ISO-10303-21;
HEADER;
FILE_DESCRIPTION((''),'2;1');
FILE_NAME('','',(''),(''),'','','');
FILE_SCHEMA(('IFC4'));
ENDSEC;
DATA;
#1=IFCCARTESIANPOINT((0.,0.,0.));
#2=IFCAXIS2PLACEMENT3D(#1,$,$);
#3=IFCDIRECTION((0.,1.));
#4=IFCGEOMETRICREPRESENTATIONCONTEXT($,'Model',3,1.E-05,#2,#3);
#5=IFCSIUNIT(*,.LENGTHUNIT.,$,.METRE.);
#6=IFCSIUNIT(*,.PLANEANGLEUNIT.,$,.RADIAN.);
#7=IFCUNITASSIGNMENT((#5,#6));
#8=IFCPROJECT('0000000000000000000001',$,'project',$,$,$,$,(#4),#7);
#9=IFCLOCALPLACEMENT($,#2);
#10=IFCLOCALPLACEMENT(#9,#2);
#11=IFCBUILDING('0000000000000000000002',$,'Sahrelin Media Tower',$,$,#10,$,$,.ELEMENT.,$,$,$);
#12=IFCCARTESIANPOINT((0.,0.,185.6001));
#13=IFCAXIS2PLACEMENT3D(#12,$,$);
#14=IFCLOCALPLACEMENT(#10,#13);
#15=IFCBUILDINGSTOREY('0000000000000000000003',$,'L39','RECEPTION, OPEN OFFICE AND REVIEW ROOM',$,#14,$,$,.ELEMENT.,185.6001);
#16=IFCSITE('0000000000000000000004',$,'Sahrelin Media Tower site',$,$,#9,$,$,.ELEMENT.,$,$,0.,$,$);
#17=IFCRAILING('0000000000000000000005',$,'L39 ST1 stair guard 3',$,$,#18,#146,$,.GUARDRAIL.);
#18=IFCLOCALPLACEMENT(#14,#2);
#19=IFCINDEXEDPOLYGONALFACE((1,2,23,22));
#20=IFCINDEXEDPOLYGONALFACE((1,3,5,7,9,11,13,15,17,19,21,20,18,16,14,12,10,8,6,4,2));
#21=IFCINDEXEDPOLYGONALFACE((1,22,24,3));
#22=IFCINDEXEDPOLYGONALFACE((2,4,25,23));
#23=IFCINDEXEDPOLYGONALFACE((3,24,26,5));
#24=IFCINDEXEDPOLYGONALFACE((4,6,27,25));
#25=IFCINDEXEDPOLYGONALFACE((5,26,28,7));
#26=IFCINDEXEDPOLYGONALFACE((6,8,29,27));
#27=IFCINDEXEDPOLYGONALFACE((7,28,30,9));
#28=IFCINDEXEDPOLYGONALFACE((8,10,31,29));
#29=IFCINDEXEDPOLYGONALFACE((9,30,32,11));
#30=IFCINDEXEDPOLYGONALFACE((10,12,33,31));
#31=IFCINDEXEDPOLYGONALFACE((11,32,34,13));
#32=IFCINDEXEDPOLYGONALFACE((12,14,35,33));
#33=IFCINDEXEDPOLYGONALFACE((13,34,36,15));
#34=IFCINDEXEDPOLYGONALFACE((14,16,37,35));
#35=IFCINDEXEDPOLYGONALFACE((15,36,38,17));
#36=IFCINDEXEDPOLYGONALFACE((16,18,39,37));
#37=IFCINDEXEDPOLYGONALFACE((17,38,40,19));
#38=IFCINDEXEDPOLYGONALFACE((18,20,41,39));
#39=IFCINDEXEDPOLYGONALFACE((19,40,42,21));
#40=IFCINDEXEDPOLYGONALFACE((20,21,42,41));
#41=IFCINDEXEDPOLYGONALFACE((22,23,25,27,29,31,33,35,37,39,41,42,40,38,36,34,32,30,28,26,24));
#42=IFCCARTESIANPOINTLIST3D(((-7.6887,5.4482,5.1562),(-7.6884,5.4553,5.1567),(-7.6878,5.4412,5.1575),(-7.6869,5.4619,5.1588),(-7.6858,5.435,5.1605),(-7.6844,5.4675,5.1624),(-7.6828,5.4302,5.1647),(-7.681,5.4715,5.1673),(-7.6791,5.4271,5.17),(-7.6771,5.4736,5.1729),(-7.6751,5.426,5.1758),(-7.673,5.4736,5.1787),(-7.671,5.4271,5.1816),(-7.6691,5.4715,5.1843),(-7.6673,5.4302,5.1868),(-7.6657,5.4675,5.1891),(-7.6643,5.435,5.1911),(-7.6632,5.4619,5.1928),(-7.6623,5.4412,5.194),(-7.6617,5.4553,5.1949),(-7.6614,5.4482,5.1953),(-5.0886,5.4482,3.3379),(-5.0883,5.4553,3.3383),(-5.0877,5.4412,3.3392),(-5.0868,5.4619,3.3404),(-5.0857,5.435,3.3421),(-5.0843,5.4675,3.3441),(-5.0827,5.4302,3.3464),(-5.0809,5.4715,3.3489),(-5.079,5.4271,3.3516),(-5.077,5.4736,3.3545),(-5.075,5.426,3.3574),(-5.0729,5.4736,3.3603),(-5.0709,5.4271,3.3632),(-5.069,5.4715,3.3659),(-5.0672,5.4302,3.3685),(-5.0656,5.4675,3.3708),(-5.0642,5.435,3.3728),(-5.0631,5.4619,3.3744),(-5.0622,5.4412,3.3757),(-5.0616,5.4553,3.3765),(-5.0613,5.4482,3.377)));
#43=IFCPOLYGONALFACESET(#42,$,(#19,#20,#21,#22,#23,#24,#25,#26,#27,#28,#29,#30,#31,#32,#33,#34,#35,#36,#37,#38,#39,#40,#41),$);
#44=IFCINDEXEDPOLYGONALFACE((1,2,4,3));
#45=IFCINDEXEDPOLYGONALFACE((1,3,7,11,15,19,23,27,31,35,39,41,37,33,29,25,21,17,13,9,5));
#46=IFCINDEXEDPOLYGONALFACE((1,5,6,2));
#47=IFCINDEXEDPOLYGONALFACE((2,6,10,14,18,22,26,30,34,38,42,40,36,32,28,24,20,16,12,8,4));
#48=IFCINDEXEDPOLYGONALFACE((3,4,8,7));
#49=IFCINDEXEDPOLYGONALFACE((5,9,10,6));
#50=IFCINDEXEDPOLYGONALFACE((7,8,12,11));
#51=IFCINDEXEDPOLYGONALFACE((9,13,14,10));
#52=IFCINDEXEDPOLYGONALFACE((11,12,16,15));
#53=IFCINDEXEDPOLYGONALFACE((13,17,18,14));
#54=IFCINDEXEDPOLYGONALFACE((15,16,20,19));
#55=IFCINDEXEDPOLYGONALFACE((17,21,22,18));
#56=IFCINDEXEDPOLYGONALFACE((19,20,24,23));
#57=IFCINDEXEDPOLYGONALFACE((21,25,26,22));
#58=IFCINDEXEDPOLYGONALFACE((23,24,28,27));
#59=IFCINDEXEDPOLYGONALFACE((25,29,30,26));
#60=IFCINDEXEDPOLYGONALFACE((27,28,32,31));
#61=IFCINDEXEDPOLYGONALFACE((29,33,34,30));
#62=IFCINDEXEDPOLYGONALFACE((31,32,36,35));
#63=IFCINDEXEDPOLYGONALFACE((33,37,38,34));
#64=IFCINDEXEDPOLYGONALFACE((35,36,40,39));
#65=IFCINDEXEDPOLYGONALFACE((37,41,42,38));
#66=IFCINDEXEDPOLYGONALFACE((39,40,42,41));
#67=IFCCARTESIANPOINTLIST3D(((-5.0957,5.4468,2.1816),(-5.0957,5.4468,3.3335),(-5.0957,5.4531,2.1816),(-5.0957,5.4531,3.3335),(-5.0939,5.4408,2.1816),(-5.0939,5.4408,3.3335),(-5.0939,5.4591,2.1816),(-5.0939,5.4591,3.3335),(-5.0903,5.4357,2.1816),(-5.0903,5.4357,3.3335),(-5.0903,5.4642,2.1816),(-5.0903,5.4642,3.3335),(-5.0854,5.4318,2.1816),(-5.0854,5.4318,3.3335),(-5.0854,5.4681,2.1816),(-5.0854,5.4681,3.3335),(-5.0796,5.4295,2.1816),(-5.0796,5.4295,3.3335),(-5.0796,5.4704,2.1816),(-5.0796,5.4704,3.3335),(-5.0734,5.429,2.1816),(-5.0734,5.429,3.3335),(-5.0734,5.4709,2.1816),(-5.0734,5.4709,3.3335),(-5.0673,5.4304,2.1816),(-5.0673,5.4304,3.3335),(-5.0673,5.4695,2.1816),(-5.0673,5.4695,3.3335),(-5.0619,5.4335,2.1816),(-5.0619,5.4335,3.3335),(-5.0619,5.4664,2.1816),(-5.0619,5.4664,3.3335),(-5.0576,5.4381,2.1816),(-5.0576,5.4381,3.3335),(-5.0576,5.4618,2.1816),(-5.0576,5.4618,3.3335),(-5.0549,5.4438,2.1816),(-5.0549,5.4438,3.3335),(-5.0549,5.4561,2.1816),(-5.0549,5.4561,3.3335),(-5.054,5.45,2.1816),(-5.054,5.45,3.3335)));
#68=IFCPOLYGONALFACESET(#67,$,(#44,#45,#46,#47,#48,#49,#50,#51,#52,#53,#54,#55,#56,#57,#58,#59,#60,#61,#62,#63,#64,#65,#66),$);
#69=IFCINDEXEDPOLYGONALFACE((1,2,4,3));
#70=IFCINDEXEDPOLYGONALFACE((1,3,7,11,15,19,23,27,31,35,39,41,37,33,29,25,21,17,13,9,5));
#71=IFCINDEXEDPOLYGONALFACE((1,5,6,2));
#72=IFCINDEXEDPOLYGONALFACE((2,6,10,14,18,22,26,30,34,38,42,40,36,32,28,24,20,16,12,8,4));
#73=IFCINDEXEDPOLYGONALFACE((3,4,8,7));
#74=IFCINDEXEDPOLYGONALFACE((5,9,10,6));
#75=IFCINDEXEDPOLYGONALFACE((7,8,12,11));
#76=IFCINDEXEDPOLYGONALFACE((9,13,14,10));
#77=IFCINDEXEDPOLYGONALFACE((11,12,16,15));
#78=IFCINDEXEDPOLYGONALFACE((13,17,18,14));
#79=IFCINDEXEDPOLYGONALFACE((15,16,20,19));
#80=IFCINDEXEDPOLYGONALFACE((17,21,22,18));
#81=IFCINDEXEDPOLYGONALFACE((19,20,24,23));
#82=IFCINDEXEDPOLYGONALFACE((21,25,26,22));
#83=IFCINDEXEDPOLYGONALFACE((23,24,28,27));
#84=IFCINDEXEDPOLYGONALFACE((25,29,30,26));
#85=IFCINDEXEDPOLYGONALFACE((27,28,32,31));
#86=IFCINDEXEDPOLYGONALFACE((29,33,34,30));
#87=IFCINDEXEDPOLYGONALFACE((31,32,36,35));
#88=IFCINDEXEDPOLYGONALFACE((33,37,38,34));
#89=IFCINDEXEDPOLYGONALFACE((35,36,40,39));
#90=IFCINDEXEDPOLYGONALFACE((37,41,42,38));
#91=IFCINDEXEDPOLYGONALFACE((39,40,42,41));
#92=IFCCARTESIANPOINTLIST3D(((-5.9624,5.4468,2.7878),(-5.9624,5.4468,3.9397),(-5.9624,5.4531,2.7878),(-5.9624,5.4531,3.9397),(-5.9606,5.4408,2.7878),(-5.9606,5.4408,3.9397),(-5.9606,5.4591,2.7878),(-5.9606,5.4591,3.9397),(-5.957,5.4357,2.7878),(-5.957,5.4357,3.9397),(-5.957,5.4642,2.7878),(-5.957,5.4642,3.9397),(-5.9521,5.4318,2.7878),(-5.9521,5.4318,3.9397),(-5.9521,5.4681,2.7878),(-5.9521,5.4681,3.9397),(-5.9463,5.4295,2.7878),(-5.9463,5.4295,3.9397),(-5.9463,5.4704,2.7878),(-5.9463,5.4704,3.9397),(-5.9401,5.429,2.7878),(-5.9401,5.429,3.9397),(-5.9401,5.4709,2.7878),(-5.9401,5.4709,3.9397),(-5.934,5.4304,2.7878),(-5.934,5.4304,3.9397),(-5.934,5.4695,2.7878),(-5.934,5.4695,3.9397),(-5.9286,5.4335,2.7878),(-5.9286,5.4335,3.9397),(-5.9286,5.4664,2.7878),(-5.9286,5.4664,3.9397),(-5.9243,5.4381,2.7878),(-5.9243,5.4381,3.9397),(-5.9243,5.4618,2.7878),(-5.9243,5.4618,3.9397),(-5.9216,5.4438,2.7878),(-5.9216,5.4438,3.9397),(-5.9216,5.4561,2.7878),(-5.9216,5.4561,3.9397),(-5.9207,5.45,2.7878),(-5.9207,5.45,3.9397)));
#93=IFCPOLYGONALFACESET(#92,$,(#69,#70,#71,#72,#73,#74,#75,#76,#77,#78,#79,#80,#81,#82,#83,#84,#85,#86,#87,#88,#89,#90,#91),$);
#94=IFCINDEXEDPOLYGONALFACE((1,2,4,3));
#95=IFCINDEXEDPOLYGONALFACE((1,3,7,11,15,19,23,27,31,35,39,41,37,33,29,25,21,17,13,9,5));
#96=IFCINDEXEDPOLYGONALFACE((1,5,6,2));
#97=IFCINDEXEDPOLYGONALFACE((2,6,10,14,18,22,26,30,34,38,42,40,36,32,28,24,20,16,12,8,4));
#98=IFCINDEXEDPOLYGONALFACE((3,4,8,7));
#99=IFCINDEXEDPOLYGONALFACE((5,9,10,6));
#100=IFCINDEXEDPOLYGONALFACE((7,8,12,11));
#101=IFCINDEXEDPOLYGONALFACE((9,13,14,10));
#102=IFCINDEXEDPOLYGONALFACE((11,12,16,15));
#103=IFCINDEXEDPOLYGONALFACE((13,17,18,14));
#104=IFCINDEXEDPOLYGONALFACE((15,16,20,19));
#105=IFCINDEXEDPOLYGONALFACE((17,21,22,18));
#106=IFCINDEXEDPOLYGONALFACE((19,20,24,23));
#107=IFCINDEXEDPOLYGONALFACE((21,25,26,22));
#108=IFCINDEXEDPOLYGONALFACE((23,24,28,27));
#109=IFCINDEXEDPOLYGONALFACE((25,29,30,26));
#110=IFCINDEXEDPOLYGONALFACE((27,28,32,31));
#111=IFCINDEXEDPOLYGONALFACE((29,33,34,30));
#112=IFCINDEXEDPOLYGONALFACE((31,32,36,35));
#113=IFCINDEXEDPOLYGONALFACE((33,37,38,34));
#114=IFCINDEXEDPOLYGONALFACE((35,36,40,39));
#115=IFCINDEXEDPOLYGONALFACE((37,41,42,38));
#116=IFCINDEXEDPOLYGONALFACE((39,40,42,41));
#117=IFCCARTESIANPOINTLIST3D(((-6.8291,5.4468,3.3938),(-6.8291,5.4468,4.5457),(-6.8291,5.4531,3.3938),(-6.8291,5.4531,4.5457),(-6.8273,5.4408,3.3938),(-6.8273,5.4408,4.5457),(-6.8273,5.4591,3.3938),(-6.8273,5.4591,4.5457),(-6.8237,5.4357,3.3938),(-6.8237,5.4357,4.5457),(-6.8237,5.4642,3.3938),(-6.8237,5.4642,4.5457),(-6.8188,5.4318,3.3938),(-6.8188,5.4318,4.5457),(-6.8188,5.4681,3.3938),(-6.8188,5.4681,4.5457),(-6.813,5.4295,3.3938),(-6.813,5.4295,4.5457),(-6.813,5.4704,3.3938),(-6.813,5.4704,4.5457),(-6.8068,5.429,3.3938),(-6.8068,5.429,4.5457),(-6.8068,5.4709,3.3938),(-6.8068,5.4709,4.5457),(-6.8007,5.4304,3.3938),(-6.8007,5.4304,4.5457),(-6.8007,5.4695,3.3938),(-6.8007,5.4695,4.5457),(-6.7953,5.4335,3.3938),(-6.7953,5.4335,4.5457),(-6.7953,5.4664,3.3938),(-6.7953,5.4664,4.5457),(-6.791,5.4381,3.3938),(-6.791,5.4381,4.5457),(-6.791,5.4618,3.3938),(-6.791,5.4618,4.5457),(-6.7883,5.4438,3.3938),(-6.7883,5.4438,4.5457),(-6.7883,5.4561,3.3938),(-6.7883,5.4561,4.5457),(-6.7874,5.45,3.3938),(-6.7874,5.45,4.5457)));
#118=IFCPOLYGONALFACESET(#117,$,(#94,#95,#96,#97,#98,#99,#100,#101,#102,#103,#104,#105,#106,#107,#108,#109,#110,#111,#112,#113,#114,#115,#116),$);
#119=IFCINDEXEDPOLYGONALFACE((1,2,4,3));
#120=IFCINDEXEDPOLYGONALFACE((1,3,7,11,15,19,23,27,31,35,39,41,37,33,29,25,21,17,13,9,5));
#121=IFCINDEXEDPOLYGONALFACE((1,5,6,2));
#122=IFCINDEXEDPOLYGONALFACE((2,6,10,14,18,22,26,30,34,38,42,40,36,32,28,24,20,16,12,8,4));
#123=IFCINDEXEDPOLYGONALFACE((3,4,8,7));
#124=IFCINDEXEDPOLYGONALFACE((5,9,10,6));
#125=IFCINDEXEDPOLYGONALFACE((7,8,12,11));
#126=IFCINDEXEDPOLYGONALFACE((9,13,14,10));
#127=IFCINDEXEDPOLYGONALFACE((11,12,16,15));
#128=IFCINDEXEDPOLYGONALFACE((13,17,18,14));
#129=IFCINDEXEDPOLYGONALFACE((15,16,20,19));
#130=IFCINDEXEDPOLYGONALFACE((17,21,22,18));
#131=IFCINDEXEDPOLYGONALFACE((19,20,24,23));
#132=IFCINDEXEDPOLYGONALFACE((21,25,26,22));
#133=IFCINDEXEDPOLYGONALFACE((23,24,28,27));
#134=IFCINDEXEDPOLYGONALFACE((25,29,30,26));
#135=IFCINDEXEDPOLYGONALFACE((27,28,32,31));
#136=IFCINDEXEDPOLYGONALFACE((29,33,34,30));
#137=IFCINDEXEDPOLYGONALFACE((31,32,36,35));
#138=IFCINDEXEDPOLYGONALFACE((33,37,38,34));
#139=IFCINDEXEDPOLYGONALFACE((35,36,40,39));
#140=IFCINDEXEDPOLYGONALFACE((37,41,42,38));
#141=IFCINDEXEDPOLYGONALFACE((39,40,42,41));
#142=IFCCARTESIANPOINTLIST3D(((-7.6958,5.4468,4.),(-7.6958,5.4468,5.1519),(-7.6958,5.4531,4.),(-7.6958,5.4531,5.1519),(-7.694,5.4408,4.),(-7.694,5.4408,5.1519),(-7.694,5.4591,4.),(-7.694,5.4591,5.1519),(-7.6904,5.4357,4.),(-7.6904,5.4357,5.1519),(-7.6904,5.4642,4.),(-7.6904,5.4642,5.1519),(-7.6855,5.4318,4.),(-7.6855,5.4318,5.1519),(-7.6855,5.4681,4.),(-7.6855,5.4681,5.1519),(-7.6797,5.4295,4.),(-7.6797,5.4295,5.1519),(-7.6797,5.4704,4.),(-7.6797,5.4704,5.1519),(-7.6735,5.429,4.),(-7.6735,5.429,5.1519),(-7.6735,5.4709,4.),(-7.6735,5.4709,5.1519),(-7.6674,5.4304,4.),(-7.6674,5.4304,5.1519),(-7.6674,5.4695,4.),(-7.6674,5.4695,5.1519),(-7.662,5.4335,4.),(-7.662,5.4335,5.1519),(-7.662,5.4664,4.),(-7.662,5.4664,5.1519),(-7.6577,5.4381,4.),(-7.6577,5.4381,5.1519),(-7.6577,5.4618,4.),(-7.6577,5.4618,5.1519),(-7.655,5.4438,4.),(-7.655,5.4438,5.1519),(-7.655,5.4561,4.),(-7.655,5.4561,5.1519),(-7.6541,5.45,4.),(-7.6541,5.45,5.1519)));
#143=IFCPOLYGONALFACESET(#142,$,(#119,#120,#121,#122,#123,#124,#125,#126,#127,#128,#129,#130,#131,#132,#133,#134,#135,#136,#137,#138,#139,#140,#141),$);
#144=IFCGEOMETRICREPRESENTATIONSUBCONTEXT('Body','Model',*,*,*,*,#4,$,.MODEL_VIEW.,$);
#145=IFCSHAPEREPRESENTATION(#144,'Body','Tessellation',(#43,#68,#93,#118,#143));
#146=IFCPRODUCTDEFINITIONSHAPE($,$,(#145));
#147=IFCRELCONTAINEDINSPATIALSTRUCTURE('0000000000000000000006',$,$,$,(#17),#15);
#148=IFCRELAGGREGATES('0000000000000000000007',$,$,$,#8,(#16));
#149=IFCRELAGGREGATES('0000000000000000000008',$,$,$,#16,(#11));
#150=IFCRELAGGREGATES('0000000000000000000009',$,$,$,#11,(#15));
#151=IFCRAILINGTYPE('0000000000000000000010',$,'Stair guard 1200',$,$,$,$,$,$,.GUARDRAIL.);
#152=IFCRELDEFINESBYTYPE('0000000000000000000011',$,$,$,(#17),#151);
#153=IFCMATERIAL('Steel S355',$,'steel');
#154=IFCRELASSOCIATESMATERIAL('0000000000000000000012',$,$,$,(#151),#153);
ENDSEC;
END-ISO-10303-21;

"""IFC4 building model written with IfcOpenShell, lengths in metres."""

from ifc_helpers import new_model, si_unit, direction, frame, origin, origin_2d, place, context, subcontext, project, spatial, circle, extrude, material, type_object, element, save


model = new_model("IFC4")

# Units and contexts
model_context = context("Model", 3, precision=1e-05, world=origin(), true_north=direction((0.0, 1.0)))
body_context = subcontext(model_context, "Body", "Model", "MODEL_VIEW")
ifc_project = project(units=[si_unit("LENGTHUNIT", "METRE"), si_unit("PLANEANGLEUNIT", "RADIAN")], contexts=[model_context])

# Site, building, storey
site_placement = place(None, origin())
site = spatial("IfcSite", under=ifc_project, at=site_placement, Name="Sahrelin Media Tower site", CompositionType="ELEMENT", RefElevation=0.0)
building_placement = place(site_placement, origin())
building = spatial("IfcBuilding", under=site, at=building_placement, Name="Sahrelin Media Tower", CompositionType="ELEMENT")
storey_placement = place(building_placement, frame((0.0, 0.0, 185.6001)))
storey = spatial("IfcBuildingStorey", under=building, at=storey_placement, Name="L39", Description="RECEPTION, OPEN OFFICE AND REVIEW ROOM", CompositionType="ELEMENT", Elevation=185.6001)

# Shared definitions
ifc_material_1 = material(Name="Steel S355", Category="steel")

# Railing
railing_type_1 = type_object("IfcRailingType", Name="Stair guard 1200", PredefinedType="GUARDRAIL", material=ifc_material_1)
railing_1_placement = place(storey_placement, frame((-5.075, 5.45, 2.1816)))
element("IfcRailing", 1, at=railing_1_placement, inside=storey, type_object=railing_type_1, Name="L39 ST1 stair guard 3", PredefinedType="GUARDRAIL", context=body_context, shape_type="SweptSolid", body=[
    extrude(circle(Radius=0.0239, at=origin_2d()), frame((0.0, 0.0, 1.1758), z_axis=(-0.819485, 0.0, 0.573101), x_axis=(0.0, -1.0, 0.0)), (0.0, 0.0, 1.0), 3.1729),
    extrude(circle(Radius=0.021, at=origin_2d()), origin(), (0.0, 0.0, 1.0), 1.1519),
    extrude(circle(Radius=0.021, at=origin_2d()), frame((-0.8667, 0.0, 0.6062)), (0.0, 0.0, 1.0), 1.1519),
    extrude(circle(Radius=0.021, at=origin_2d()), frame((-1.7334, 0.0, 1.2122)), (0.0, 0.0, 1.0), 1.1519),
    extrude(circle(Radius=0.021, at=origin_2d()), frame((-2.6001, 0.0, 1.8184)), (0.0, 0.0, 1.0), 1.1519),
])

save(model, "model.ifc")
